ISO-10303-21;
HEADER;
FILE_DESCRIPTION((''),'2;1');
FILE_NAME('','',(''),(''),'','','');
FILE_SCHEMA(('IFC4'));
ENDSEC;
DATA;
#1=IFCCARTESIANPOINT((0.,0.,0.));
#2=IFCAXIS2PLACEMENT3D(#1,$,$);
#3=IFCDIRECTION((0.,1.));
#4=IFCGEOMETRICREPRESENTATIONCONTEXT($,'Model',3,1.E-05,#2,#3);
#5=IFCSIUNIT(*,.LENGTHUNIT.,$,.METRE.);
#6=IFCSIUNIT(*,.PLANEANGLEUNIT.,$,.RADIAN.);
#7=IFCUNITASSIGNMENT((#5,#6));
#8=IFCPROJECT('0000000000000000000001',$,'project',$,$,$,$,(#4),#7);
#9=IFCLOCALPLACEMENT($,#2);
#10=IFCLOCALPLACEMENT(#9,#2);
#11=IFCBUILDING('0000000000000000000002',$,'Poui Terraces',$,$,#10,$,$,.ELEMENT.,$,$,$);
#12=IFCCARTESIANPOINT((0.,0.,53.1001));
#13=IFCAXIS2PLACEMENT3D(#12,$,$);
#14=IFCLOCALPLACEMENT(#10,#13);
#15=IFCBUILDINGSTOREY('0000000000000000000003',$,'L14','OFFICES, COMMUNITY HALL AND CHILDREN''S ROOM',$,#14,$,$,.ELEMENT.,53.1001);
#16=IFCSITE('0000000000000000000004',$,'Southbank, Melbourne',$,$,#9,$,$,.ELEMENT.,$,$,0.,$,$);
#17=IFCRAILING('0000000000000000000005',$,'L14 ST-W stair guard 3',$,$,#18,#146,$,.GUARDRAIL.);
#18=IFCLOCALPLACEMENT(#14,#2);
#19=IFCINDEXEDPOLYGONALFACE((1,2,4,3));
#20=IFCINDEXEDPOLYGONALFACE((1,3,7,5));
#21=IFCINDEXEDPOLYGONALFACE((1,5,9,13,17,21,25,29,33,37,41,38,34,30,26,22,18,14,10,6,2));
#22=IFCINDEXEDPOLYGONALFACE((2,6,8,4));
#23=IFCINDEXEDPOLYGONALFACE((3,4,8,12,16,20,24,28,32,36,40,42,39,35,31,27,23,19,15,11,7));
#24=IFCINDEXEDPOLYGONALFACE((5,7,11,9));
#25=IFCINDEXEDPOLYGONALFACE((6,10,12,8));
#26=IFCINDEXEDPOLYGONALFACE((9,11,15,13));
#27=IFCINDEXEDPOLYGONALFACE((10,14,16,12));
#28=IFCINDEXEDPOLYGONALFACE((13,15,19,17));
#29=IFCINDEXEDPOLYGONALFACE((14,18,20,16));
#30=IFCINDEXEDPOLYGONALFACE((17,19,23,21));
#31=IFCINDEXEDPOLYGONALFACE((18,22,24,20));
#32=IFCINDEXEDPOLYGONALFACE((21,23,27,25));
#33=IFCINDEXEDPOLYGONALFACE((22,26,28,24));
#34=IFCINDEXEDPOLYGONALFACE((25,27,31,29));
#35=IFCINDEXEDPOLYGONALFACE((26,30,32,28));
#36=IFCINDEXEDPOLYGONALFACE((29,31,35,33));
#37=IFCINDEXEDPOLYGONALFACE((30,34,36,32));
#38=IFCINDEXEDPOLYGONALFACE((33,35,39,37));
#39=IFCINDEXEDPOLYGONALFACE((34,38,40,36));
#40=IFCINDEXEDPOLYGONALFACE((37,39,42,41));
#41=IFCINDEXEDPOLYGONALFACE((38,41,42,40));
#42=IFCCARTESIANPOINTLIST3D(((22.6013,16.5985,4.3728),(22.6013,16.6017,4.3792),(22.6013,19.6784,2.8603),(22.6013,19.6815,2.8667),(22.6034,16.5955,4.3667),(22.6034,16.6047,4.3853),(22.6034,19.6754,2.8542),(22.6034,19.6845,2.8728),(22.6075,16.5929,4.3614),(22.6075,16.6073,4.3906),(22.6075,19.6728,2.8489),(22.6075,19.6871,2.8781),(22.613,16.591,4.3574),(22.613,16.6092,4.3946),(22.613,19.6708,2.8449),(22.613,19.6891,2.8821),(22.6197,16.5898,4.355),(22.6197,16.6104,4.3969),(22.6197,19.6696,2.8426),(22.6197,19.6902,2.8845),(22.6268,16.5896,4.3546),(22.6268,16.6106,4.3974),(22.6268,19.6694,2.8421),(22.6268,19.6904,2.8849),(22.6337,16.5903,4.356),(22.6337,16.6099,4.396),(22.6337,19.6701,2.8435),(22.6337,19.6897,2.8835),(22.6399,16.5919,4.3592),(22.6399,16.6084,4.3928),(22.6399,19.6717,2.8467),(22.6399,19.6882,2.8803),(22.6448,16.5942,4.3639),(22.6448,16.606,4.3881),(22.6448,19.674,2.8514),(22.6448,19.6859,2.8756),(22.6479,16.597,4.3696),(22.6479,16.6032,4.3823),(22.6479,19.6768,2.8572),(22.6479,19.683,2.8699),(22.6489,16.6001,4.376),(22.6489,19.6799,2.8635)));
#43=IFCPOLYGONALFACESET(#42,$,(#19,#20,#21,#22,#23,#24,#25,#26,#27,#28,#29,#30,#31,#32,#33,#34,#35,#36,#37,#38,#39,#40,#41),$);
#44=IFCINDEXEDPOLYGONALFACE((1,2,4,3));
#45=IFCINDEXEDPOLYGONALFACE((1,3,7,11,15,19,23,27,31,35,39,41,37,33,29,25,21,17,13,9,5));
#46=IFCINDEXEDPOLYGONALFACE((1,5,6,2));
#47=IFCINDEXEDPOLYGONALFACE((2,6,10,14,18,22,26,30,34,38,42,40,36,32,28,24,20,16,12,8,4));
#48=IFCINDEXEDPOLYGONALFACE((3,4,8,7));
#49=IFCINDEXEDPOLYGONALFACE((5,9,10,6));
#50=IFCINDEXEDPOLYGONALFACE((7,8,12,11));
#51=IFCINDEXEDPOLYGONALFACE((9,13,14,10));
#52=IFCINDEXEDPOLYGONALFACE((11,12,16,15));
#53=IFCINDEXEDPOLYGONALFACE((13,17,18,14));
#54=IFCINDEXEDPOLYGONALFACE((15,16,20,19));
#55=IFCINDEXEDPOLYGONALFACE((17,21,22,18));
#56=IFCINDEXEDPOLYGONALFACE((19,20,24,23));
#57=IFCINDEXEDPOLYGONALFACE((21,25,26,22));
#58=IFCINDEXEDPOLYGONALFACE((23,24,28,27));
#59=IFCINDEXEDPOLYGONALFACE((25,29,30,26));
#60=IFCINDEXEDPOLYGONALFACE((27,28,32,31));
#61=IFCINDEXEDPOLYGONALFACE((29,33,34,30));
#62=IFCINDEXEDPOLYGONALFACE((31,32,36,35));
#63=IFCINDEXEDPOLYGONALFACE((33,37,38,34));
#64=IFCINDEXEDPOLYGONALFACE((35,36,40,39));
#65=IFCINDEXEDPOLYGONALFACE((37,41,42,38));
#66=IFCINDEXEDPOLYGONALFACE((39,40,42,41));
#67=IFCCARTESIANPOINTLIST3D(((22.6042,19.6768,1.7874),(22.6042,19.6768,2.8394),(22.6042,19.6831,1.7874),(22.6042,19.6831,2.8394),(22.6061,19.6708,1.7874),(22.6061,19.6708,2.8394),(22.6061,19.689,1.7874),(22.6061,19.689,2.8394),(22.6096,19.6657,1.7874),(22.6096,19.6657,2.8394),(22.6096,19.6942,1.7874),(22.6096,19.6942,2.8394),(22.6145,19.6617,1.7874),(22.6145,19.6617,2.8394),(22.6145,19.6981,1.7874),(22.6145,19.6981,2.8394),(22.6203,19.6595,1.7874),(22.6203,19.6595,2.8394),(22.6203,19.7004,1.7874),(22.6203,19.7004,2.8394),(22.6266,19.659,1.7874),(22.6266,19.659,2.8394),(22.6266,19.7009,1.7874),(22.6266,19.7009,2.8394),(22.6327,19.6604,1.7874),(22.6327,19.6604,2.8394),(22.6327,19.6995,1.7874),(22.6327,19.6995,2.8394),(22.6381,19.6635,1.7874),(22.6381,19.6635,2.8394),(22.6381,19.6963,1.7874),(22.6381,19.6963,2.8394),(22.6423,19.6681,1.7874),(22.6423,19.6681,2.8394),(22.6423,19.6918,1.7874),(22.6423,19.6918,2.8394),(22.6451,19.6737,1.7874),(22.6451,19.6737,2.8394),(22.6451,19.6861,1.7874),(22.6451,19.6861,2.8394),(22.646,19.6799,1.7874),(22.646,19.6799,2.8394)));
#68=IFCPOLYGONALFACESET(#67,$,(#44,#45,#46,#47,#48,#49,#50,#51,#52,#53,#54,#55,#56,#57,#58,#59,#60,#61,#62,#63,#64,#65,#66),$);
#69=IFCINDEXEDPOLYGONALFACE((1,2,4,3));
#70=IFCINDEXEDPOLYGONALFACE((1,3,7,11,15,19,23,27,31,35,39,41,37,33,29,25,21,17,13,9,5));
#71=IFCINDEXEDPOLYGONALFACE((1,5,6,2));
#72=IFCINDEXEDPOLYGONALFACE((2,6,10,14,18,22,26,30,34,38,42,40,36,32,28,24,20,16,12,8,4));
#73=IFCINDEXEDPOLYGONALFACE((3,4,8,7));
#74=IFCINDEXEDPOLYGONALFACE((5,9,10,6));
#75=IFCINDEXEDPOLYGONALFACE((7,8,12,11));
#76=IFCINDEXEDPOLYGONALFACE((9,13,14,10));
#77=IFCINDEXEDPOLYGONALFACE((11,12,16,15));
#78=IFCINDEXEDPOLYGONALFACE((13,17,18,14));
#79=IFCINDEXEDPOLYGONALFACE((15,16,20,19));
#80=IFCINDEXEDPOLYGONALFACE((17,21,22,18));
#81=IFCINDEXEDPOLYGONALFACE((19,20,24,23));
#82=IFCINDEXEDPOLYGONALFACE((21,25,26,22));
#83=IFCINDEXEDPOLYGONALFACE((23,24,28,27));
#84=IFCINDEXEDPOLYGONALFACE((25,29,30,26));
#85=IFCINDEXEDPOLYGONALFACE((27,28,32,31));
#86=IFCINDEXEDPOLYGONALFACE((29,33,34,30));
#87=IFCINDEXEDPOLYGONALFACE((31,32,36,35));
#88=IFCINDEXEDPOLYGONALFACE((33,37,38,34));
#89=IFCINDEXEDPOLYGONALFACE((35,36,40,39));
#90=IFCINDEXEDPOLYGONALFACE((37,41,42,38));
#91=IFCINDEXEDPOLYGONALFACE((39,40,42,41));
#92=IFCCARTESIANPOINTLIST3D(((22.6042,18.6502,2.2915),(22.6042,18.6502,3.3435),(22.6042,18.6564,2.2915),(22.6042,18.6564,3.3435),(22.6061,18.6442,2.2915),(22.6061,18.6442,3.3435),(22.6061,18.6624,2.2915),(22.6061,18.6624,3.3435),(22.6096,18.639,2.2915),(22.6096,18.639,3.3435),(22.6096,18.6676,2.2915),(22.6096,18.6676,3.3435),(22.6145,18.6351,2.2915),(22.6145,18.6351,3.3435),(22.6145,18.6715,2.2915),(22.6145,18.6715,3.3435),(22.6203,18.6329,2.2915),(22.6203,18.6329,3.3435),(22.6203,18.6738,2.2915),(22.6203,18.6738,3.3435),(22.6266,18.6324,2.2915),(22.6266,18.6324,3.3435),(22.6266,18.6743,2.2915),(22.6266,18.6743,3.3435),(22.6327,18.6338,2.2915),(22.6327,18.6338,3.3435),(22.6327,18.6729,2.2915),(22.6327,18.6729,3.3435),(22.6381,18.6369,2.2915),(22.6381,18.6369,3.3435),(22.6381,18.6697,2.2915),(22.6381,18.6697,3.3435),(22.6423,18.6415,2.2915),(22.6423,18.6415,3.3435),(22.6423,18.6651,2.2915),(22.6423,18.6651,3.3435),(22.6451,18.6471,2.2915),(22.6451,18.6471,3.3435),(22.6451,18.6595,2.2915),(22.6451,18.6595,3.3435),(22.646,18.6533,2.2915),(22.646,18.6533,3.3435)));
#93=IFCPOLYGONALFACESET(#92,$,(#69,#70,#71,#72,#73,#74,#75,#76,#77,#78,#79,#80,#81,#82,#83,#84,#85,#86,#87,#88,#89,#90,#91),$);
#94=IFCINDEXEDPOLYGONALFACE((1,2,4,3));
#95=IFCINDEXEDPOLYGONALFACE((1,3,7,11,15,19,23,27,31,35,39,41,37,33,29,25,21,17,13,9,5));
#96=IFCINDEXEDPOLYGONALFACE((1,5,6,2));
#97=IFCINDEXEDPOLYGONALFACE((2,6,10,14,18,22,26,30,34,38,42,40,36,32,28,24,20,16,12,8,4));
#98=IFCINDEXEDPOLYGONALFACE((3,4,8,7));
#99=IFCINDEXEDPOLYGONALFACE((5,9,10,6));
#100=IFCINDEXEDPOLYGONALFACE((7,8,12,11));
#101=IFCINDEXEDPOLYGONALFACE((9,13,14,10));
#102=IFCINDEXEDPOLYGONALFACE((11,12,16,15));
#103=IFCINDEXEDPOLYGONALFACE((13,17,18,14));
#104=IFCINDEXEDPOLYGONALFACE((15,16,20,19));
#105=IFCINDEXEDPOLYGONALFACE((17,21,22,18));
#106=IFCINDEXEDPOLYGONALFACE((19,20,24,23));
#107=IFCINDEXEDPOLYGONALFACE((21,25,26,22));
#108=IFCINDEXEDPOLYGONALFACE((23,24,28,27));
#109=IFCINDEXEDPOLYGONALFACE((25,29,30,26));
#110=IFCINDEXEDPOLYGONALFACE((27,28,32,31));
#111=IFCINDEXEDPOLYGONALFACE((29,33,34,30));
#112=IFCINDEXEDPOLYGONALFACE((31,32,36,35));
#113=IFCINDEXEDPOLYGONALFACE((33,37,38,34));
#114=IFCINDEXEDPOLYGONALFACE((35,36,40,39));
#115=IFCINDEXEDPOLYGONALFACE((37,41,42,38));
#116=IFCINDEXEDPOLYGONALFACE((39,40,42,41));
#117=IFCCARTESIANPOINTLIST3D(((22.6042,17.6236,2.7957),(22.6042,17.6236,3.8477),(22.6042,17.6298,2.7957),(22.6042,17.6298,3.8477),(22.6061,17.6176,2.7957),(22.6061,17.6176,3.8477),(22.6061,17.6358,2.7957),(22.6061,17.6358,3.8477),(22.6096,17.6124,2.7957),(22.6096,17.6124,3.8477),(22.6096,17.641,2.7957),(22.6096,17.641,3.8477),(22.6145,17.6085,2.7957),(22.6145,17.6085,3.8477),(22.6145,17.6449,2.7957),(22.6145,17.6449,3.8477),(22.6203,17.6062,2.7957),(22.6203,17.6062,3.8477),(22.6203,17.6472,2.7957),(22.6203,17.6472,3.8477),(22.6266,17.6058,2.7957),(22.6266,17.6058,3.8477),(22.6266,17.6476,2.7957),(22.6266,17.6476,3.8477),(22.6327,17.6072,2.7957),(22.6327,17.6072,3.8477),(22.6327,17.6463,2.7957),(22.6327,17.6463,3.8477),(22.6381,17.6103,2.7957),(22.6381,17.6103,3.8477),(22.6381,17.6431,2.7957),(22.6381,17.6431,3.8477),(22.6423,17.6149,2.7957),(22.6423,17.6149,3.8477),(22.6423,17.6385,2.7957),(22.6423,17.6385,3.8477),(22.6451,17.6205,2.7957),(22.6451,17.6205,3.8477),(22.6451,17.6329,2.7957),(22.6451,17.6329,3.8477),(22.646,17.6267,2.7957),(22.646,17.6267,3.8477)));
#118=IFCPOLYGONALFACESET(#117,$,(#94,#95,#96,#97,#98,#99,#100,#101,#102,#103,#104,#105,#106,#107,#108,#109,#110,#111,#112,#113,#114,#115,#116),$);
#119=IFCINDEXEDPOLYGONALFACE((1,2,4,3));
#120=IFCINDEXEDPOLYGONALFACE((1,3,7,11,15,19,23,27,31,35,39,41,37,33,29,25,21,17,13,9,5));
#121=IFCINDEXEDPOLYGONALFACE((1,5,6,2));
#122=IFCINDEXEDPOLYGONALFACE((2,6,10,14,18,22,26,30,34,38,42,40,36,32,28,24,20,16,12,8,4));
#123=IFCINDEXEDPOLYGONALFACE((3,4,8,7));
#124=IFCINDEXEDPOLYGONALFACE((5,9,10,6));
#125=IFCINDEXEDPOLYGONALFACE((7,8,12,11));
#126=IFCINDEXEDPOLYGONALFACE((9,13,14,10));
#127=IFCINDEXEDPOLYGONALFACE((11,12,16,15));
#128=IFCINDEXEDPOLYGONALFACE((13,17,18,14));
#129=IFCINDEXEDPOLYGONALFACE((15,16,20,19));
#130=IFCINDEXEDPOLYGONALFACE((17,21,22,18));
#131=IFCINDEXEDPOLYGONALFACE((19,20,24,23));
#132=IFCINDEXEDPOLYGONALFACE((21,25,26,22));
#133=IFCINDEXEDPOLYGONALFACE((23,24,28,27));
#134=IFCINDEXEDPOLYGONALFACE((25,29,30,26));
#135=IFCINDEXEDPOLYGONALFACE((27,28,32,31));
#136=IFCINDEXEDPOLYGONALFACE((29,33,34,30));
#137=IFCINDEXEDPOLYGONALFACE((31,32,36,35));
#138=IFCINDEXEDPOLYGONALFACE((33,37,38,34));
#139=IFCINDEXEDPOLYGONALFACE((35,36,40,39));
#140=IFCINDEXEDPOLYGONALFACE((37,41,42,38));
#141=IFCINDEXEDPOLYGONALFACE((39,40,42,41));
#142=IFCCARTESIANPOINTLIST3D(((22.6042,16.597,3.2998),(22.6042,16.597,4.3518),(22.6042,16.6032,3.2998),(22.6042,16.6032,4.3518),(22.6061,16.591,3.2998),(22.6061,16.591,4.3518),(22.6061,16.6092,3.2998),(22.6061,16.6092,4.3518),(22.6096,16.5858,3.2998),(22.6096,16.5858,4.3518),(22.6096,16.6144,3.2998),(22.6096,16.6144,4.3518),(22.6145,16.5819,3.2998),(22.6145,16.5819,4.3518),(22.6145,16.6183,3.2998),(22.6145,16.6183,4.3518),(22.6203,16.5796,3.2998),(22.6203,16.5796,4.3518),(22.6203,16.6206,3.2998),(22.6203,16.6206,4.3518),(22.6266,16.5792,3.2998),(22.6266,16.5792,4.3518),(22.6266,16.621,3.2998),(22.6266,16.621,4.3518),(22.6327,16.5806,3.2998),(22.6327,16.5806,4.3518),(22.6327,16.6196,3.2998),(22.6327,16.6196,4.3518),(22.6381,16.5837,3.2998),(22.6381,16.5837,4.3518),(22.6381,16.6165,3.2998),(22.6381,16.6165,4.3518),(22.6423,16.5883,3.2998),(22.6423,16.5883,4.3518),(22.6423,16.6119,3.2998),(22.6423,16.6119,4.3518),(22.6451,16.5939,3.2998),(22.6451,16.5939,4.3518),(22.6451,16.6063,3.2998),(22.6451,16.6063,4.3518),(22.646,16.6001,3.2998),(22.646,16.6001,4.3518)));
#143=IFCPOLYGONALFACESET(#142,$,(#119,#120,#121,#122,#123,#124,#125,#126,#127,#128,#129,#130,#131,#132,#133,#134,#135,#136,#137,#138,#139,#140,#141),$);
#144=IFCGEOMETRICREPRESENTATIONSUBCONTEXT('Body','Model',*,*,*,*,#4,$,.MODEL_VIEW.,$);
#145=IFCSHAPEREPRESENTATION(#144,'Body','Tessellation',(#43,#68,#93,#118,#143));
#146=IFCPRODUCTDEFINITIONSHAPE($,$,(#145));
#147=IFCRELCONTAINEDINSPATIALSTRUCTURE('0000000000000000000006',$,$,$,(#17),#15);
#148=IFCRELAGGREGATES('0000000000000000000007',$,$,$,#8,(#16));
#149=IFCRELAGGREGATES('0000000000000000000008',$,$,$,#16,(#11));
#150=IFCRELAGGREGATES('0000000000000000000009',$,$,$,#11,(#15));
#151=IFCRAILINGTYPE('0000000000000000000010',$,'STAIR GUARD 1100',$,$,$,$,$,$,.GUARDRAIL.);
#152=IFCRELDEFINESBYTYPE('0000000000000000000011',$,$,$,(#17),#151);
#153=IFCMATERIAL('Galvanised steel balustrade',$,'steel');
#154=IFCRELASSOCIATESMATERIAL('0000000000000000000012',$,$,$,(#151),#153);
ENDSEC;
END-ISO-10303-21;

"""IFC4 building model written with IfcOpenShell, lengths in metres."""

from ifc_helpers import new_model, si_unit, direction, frame, origin, origin_2d, place, context, subcontext, project, spatial, circle, extrude, material, type_object, element, save


model = new_model("IFC4")

# Units and contexts
model_context = context("Model", 3, precision=1e-05, world=origin(), true_north=direction((0.0, 1.0)))
body_context = subcontext(model_context, "Body", "Model", "MODEL_VIEW")
ifc_project = project(units=[si_unit("LENGTHUNIT", "METRE"), si_unit("PLANEANGLEUNIT", "RADIAN")], contexts=[model_context])

# Site, building, storey
site_placement = place(None, origin())
site = spatial("IfcSite", under=ifc_project, at=site_placement, Name="Southbank, Melbourne", CompositionType="ELEMENT", RefElevation=0.0)
building_placement = place(site_placement, origin())
building = spatial("IfcBuilding", under=site, at=building_placement, Name="Poui Terraces", CompositionType="ELEMENT")
storey_placement = place(building_placement, frame((0.0, 0.0, 53.1001)))
storey = spatial("IfcBuildingStorey", under=building, at=storey_placement, Name="L14", Description="OFFICES, COMMUNITY HALL AND CHILDREN'S ROOM", CompositionType="ELEMENT", Elevation=53.1001)

# Railing
ifc_material_1 = material(Name="Galvanised steel balustrade", Category="steel")
railing_type_1 = type_object("IfcRailingType", Name="STAIR GUARD 1100", PredefinedType="GUARDRAIL", material=ifc_material_1)
railing_1_placement = place(storey_placement, frame((22.625, 19.6799, 1.7874)))
element("IfcRailing", 1, at=railing_1_placement, inside=storey, type_object=railing_type_1, Name="L14 ST-W stair guard 3", PredefinedType="GUARDRAIL", context=body_context, shape_type="SweptSolid", body=[
    extrude(circle(Radius=0.0239, at=origin_2d()), frame((0.0, 0.0, 1.0762), z_axis=(0.0, -0.897606, 0.440798), x_axis=(1.0, 0.0, 0.0)), (0.0, 0.0, 1.0), 3.4312),
    extrude(circle(Radius=0.021, at=origin_2d()), origin(), (0.0, 0.0, 1.0), 1.052),
    extrude(circle(Radius=0.021, at=origin_2d()), frame((0.0, -1.0266, 0.5042)), (0.0, 0.0, 1.0), 1.052),
    extrude(circle(Radius=0.021, at=origin_2d()), frame((0.0, -2.0532, 1.0083)), (0.0, 0.0, 1.0), 1.052),
    extrude(circle(Radius=0.021, at=origin_2d()), frame((0.0, -3.0798, 1.5125)), (0.0, 0.0, 1.0), 1.052),
])

save(model, "model.ifc")
